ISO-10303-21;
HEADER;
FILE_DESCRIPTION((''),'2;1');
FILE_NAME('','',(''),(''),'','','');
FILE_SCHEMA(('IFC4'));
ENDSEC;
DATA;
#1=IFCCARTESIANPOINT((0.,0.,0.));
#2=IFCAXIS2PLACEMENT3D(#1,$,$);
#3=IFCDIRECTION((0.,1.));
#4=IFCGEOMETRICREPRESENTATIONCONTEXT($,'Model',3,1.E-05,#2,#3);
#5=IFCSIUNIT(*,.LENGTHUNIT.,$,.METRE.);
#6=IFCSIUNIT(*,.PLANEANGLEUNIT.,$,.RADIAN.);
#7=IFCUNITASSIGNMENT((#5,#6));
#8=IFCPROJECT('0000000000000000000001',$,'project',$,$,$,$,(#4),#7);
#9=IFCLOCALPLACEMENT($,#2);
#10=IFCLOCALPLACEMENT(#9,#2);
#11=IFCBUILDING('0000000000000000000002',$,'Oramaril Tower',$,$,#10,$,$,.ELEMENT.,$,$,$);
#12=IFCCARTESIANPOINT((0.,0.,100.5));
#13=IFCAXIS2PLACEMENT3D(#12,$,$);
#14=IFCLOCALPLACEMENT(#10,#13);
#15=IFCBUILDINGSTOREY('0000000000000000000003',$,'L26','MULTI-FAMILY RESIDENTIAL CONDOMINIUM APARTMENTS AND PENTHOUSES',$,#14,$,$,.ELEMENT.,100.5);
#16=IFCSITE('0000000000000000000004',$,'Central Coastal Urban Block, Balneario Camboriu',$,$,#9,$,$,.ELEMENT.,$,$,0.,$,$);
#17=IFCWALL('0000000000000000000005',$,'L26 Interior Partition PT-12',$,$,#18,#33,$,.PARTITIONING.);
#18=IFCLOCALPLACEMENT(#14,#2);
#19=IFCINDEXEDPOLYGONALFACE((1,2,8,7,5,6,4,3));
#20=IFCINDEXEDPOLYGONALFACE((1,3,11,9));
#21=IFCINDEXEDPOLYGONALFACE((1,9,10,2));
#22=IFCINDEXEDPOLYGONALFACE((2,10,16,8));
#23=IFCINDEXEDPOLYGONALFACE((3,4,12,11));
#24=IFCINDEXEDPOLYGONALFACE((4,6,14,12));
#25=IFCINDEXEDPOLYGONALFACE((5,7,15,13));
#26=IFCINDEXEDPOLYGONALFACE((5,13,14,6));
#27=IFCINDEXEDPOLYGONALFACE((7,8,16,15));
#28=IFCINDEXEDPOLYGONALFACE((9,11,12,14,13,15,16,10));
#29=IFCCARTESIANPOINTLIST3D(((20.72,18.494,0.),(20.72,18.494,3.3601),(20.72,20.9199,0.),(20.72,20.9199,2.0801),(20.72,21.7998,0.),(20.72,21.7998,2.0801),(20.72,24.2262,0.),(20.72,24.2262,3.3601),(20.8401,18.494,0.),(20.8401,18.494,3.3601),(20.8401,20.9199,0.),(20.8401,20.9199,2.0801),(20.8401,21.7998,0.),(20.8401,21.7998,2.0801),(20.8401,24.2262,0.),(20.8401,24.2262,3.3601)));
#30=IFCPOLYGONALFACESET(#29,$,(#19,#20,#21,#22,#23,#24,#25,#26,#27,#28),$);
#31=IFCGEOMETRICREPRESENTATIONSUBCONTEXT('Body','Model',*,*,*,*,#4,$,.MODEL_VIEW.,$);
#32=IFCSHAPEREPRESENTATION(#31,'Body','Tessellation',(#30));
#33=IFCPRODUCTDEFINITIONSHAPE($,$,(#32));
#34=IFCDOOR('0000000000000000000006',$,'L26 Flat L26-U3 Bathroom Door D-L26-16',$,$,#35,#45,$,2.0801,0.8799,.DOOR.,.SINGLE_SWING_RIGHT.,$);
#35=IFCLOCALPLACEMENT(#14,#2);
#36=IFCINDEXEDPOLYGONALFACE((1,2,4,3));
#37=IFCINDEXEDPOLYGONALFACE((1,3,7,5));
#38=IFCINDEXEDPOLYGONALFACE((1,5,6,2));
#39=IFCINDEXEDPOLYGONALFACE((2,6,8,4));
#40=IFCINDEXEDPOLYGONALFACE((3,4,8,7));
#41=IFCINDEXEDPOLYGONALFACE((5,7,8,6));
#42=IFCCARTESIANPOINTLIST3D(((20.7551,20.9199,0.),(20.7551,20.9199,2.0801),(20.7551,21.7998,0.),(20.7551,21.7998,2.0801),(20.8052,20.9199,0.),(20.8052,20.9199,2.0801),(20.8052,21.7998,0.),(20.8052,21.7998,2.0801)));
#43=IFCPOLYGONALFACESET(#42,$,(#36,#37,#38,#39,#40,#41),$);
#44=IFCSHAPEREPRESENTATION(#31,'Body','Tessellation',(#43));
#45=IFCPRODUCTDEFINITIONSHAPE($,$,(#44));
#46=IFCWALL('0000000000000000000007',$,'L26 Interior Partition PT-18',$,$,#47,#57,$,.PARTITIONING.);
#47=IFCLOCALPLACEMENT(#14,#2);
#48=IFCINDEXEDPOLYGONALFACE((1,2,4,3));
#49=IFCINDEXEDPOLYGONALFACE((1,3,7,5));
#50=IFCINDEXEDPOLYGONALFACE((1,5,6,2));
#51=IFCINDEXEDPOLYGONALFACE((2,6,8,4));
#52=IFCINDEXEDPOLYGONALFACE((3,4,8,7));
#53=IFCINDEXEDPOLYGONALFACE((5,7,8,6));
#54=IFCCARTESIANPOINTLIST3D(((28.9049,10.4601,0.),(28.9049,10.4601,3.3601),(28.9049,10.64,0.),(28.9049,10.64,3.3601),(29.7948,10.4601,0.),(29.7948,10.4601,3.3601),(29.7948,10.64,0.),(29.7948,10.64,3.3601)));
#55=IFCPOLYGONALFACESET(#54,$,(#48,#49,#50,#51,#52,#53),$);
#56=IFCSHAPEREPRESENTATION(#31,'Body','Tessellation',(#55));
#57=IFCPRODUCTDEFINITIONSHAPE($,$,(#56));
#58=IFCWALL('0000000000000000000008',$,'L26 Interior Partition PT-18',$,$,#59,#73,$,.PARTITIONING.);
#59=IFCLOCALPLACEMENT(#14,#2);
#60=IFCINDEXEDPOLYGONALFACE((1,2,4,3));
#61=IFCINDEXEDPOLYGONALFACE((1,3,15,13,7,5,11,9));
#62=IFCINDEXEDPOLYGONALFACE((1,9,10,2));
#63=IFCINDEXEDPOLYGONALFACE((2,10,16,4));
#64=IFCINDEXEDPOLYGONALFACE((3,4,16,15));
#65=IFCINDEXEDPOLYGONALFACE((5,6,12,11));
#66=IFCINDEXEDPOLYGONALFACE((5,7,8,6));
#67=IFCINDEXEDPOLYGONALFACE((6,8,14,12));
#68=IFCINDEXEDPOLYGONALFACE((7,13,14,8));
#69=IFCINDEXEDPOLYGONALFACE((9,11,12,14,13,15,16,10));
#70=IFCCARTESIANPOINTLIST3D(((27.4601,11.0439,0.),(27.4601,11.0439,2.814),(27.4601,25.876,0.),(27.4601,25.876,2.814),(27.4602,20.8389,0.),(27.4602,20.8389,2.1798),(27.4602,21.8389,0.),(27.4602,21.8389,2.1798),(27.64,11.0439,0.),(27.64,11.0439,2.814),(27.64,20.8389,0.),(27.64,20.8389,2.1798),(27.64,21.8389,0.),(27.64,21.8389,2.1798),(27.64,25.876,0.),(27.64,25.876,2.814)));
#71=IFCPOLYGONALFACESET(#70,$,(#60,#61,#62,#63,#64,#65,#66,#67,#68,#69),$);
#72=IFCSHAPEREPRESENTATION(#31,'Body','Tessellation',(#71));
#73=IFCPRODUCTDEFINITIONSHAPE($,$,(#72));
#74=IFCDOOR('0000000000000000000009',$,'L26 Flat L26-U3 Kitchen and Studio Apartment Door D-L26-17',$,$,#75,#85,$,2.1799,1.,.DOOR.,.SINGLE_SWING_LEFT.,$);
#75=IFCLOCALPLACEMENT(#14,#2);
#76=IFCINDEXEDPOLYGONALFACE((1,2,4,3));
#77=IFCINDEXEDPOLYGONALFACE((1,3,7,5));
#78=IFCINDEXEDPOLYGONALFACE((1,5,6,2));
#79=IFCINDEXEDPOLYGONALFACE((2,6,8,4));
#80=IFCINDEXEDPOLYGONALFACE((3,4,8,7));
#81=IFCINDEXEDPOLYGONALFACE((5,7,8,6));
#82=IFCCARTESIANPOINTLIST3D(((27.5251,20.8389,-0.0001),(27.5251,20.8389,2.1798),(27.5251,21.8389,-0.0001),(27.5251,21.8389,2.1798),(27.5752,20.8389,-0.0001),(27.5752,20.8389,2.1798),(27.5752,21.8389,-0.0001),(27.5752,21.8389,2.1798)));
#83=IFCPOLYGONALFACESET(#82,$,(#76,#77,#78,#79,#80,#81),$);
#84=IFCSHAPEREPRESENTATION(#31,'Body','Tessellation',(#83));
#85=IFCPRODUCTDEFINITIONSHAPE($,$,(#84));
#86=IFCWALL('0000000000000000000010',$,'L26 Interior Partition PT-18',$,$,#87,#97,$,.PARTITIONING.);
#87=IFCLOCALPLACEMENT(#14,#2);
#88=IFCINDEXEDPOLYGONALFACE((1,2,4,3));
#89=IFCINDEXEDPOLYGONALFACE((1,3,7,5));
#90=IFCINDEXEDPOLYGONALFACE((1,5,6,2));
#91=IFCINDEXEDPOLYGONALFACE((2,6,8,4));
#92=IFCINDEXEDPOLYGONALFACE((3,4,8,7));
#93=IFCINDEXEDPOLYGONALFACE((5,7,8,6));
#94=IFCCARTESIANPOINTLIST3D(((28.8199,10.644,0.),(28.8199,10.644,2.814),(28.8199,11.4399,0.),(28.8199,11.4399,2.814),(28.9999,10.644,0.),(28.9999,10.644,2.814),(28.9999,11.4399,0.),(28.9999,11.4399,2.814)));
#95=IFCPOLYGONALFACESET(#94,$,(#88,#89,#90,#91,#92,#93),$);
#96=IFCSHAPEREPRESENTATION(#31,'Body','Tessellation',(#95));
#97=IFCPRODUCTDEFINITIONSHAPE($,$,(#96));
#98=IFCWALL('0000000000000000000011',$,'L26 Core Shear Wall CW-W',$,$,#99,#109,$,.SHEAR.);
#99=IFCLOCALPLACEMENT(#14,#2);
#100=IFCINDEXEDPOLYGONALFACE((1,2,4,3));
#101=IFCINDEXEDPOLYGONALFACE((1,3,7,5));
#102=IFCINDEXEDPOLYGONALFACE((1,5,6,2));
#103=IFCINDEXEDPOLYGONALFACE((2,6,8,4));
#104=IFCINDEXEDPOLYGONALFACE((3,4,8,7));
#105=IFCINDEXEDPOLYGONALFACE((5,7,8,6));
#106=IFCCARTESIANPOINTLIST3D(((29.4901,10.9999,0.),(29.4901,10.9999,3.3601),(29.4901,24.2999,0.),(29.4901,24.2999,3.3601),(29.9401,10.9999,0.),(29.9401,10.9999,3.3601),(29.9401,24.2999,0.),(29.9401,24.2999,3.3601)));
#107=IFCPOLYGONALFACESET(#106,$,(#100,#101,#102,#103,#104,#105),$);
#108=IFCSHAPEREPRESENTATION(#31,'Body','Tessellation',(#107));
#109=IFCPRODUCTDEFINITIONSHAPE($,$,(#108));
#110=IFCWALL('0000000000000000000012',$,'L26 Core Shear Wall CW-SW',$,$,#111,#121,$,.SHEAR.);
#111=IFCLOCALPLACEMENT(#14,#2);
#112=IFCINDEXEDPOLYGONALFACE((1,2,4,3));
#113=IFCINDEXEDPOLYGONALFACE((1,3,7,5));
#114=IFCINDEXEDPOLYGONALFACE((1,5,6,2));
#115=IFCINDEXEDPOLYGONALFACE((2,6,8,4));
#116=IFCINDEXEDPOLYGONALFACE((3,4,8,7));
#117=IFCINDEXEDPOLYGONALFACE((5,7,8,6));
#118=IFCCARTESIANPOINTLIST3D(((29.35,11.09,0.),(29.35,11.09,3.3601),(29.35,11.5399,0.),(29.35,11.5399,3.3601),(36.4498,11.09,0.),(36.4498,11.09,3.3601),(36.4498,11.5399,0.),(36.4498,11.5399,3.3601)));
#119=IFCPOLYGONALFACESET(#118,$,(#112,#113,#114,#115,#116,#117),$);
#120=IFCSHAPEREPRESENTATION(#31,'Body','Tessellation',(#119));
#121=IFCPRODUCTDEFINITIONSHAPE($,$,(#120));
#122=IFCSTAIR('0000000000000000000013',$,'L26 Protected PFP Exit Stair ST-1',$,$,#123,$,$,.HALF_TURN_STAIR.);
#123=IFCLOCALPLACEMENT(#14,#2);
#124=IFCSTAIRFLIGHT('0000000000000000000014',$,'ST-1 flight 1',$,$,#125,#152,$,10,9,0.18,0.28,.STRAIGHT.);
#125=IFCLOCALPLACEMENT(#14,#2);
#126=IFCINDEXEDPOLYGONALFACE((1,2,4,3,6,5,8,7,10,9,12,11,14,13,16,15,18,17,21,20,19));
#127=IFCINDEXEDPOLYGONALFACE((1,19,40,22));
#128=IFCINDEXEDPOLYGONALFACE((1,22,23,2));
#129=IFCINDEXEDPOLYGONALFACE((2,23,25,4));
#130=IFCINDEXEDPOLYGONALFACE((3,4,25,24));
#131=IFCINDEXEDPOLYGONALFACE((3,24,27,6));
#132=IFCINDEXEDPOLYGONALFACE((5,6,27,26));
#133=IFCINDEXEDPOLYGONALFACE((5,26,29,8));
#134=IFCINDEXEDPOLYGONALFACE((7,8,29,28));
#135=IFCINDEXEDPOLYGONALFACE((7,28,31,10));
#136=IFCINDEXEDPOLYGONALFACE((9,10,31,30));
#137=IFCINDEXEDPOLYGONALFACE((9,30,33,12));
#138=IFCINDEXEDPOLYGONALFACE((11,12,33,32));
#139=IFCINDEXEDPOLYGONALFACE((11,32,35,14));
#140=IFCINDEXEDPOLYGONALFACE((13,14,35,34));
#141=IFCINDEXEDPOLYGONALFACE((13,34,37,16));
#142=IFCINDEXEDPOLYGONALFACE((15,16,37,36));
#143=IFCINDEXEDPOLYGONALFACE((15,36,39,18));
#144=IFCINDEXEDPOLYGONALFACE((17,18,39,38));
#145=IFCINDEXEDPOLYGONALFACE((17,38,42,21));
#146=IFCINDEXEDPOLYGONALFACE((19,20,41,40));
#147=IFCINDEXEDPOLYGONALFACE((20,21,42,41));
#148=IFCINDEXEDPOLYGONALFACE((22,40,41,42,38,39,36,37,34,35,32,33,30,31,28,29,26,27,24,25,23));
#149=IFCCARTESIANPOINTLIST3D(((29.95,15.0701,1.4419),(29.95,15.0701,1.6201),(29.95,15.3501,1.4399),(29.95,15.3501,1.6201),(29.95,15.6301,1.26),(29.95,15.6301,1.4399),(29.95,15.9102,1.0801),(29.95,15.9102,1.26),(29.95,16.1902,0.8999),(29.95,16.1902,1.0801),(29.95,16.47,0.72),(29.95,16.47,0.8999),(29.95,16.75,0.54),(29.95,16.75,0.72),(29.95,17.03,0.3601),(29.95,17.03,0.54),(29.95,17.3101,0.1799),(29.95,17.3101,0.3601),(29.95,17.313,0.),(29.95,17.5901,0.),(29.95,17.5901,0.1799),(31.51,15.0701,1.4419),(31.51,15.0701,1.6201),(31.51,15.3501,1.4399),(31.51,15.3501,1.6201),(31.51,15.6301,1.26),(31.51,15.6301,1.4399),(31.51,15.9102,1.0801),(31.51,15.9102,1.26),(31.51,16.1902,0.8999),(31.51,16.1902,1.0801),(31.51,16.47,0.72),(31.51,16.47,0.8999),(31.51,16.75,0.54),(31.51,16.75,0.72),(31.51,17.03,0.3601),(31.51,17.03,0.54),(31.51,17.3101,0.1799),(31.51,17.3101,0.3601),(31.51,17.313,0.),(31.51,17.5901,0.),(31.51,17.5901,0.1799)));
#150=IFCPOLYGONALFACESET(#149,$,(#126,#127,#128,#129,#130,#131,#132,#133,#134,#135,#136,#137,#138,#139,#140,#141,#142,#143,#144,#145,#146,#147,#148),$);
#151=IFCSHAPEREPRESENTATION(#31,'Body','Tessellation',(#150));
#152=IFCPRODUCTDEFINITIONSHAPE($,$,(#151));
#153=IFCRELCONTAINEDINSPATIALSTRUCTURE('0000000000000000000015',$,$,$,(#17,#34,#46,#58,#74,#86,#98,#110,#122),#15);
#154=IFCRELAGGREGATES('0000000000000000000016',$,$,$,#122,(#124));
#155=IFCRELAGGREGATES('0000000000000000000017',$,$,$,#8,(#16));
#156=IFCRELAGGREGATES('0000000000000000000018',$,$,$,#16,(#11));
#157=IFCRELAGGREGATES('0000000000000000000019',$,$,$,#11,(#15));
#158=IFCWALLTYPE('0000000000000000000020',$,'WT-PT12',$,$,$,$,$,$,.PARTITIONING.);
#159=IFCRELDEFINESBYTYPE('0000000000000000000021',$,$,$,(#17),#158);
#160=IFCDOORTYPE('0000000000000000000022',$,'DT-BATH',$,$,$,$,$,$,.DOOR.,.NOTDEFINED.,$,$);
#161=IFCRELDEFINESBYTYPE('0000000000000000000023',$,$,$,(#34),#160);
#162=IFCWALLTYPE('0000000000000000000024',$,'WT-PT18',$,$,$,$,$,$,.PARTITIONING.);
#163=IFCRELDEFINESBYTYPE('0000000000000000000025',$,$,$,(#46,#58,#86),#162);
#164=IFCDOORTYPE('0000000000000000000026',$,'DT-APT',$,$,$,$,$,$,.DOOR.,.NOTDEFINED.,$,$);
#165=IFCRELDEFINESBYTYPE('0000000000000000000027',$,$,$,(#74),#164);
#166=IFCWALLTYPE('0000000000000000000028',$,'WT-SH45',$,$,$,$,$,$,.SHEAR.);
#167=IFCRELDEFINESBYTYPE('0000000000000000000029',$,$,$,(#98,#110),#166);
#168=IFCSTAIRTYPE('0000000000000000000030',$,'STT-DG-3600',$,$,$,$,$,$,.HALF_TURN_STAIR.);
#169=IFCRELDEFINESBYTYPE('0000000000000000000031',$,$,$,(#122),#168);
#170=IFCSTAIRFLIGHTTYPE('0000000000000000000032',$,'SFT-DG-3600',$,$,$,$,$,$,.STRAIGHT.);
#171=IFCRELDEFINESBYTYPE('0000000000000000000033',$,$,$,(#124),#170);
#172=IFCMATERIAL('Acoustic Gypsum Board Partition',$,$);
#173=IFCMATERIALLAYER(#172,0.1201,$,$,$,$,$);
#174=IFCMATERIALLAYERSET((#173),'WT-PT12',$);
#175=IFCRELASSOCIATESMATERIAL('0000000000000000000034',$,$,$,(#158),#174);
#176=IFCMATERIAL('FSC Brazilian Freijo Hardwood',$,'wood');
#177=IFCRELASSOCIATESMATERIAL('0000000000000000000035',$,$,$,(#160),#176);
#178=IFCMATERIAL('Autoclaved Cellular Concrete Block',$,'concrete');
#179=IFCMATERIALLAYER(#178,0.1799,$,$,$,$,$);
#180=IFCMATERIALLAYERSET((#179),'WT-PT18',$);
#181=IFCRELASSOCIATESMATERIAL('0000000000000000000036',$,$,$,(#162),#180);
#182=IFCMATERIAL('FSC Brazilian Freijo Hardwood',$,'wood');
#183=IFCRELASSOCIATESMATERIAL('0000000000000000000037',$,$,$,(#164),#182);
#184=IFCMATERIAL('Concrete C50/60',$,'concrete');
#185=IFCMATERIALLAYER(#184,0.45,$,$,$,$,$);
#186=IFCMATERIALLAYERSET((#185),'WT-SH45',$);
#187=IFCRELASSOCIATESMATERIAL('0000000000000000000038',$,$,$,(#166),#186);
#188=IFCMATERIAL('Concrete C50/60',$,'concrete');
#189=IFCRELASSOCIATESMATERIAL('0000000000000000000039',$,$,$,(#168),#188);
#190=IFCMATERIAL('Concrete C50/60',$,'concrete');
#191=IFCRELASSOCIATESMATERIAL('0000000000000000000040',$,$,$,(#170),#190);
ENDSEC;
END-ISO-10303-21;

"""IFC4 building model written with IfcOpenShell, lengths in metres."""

from ifc_helpers import new_model, si_unit, direction, frame, frame_2d, origin, place, context, subcontext, project, spatial, polyline, rectangle, outline, extrude, material, layer, layer_set, type_object, element, fill, aggregate, save


model = new_model("IFC4")

# Units and contexts
model_context = context("Model", 3, precision=1e-05, world=origin(), true_north=direction((0.0, 1.0)))
body_context = subcontext(model_context, "Body", "Model", "MODEL_VIEW")
ifc_project = project(units=[si_unit("LENGTHUNIT", "METRE"), si_unit("PLANEANGLEUNIT", "RADIAN")], contexts=[model_context])

# Site, building, storey
site_placement = place(None, origin())
site = spatial("IfcSite", under=ifc_project, at=site_placement, Name="Central Coastal Urban Block, Balneario Camboriu", CompositionType="ELEMENT", RefElevation=0.0)
building_placement = place(site_placement, origin())
building = spatial("IfcBuilding", under=site, at=building_placement, Name="Oramaril Tower", CompositionType="ELEMENT")
storey_placement = place(building_placement, frame((0.0, 0.0, 100.5)))
storey = spatial("IfcBuildingStorey", under=building, at=storey_placement, Name="L26", Description="MULTI-FAMILY RESIDENTIAL CONDOMINIUM APARTMENTS AND PENTHOUSES", CompositionType="ELEMENT", Elevation=100.5)

# Wall, opening, door
ifc_material_1 = material(Name="Acoustic Gypsum Board Partition")
ifc_layer_1 = layer(ifc_material_1, 0.1201)
ifc_layer_set_1 = layer_set([ifc_layer_1], Name="WT-PT12")
wall_type_1 = type_object("IfcWallType", Name="WT-PT12", PredefinedType="PARTITIONING", material=ifc_layer_set_1)
wall_1_placement = place(storey_placement, frame((20.78, 18.4939, 0.0), z_axis=(0.0, 0.0, 1.0), x_axis=(0.0, 1.0, 0.0)))
wall_1 = element("IfcWall", 1, at=wall_1_placement, inside=storey, type_object=wall_type_1, Name="L26 Interior Partition PT-12", PredefinedType="PARTITIONING", context=body_context, shape_type="SweptSolid", body=[
    extrude(rectangle(XDim=5.7322, YDim=0.1201, at=frame_2d((2.8662, 0.0))), origin(), (0.0, 0.0, 1.0), 3.3601),
])
opening_1_placement = place(wall_1_placement, frame((2.426, 0.0, 0.0)))
opening_1 = element("IfcOpeningElement", 2, at=opening_1_placement, cuts=wall_1, PredefinedType="OPENING", context=body_context, shape_type="SweptSolid", body=[
    extrude(rectangle(XDim=0.8799, YDim=2.0801, at=frame_2d((0.4399, 1.04))), frame((0.0, 0.0601, 0.0), z_axis=(0.0, -1.0, 0.0), x_axis=(1.0, 0.0, 0.0)), (0.0, 0.0, 1.0), 0.1201),
])
ifc_material_2 = material(Name="FSC Brazilian Freijo Hardwood", Category="wood")
door_type_1 = type_object("IfcDoorType", Name="DT-BATH", OperationType="NOTDEFINED", PredefinedType="DOOR", material=ifc_material_2)
door_1_placement = place(opening_1_placement, origin())
door_1 = element("IfcDoor", 3, at=door_1_placement, inside=storey, type_object=door_type_1, Name="L26 Flat L26-U3 Bathroom Door D-L26-16", OperationType="SINGLE_SWING_RIGHT", OverallHeight=2.0801, OverallWidth=0.8799, PredefinedType="DOOR", context=body_context, shape_type="SweptSolid", body=[
    extrude(rectangle(XDim=0.8799, YDim=2.0801, at=frame_2d((0.4399, 1.04))), frame((0.0, 0.0249, 0.0), z_axis=(0.0, -1.0, 0.0), x_axis=(1.0, 0.0, 0.0)), (0.0, 0.0, 1.0), 0.05),
])
fill(opening_1, door_1)

# Wall
ifc_material_3 = material(Name="Autoclaved Cellular Concrete Block", Category="concrete")
ifc_layer_2 = layer(ifc_material_3, 0.1799)
ifc_layer_set_2 = layer_set([ifc_layer_2], Name="WT-PT18")
wall_type_2 = type_object("IfcWallType", Name="WT-PT18", PredefinedType="PARTITIONING", material=ifc_layer_set_2)
wall_2_placement = place(storey_placement, frame((28.905, 10.55, 0.0), z_axis=(0.0, 0.0, 1.0), x_axis=(1.0, 0.0, 0.0)))
element("IfcWall", 4, at=wall_2_placement, inside=storey, type_object=wall_type_2, Name="L26 Interior Partition PT-18", PredefinedType="PARTITIONING", context=body_context, shape_type="SweptSolid", body=[
    extrude(rectangle(XDim=0.8899, YDim=0.1799, at=frame_2d((0.4448, 0.0))), origin(), (0.0, 0.0, 1.0), 3.3601),
])

# Wall, opening, door
wall_3_placement = place(storey_placement, frame((27.55, 11.0439, 0.0), z_axis=(0.0, 0.0, 1.0), x_axis=(0.0, 1.0, 0.0)))
wall_3 = element("IfcWall", 5, at=wall_3_placement, inside=storey, type_object=wall_type_2, Name="L26 Interior Partition PT-18", PredefinedType="PARTITIONING", context=body_context, shape_type="SweptSolid", body=[
    extrude(rectangle(XDim=14.832, YDim=0.1799, at=frame_2d((7.416, 0.0))), origin(), (0.0, 0.0, 1.0), 2.814),
])
opening_2_placement = place(wall_3_placement, frame((9.7949, 0.0, 0.0)))
opening_2 = element("IfcOpeningElement", 6, at=opening_2_placement, cuts=wall_3, PredefinedType="OPENING", context=body_context, shape_type="SweptSolid", body=[
    extrude(rectangle(XDim=1.0, YDim=2.1799, at=frame_2d((0.5, 1.0898))), frame((0.0, 0.0898, 0.0), z_axis=(0.0, -1.0, 0.0), x_axis=(1.0, 0.0, 0.0)), (0.0, 0.0, 1.0), 0.1799),
])
ifc_material_4 = material(Name="FSC Brazilian Freijo Hardwood", Category="wood")
door_type_2 = type_object("IfcDoorType", Name="DT-APT", OperationType="NOTDEFINED", PredefinedType="DOOR", material=ifc_material_4)
door_2_placement = place(opening_2_placement, origin())
door_2 = element("IfcDoor", 7, at=door_2_placement, inside=storey, type_object=door_type_2, Name="L26 Flat L26-U3 Kitchen and Studio Apartment Door D-L26-17", OperationType="SINGLE_SWING_LEFT", OverallHeight=2.1799, OverallWidth=1.0, PredefinedType="DOOR", context=body_context, shape_type="SweptSolid", body=[
    extrude(rectangle(XDim=1.0, YDim=2.1799, at=frame_2d((0.5, 1.0898))), frame((0.0, 0.0249, 0.0), z_axis=(0.0, -1.0, 0.0), x_axis=(1.0, 0.0, 0.0)), (0.0, 0.0, 1.0), 0.05),
])
fill(opening_2, door_2)

# Wall
wall_4_placement = place(storey_placement, frame((28.9099, 10.644, 0.0), z_axis=(0.0, 0.0, 1.0), x_axis=(0.0, 1.0, 0.0)))
element("IfcWall", 8, at=wall_4_placement, inside=storey, type_object=wall_type_2, Name="L26 Interior Partition PT-18", PredefinedType="PARTITIONING", context=body_context, shape_type="SweptSolid", body=[
    extrude(rectangle(XDim=0.7959, YDim=0.1799, at=frame_2d((0.3979, 0.0))), origin(), (0.0, 0.0, 1.0), 2.814),
])

# Walls
ifc_material_5 = material(Name="Concrete C50/60", Category="concrete")
ifc_layer_3 = layer(ifc_material_5, 0.45)
ifc_layer_set_3 = layer_set([ifc_layer_3], Name="WT-SH45")
wall_type_3 = type_object("IfcWallType", Name="WT-SH45", PredefinedType="SHEAR", material=ifc_layer_set_3)
wall_5_placement = place(storey_placement, frame((29.7151, 11.0, 0.0), z_axis=(0.0, 0.0, 1.0), x_axis=(0.0, 1.0, 0.0)))
element("IfcWall", 9, at=wall_5_placement, inside=storey, type_object=wall_type_3, Name="L26 Core Shear Wall CW-W", PredefinedType="SHEAR", context=body_context, shape_type="SweptSolid", body=[
    extrude(rectangle(XDim=13.3, YDim=0.45, at=frame_2d((6.6499, 0.0))), origin(), (0.0, 0.0, 1.0), 3.3601),
])
wall_6_placement = place(storey_placement, frame((29.3501, 11.3149, 0.0), z_axis=(0.0, 0.0, 1.0), x_axis=(1.0, 0.0, 0.0)))
element("IfcWall", 10, at=wall_6_placement, inside=storey, type_object=wall_type_3, Name="L26 Core Shear Wall CW-SW", PredefinedType="SHEAR", context=body_context, shape_type="SweptSolid", body=[
    extrude(rectangle(XDim=7.0999, YDim=0.45, at=frame_2d((3.5498, 0.0))), origin(), (0.0, 0.0, 1.0), 3.3601),
])

# Stair, stair flight
ifc_material_6 = material(Name="Concrete C50/60", Category="concrete")
stair_type = type_object("IfcStairType", Name="STT-DG-3600", PredefinedType="HALF_TURN_STAIR", material=ifc_material_6)
stair_placement = place(storey_placement, origin())
stair = element("IfcStair", 11, at=stair_placement, inside=storey, type_object=stair_type, Name="L26 Protected PFP Exit Stair ST-1", PredefinedType="HALF_TURN_STAIR")
ifc_material_7 = material(Name="Concrete C50/60", Category="concrete")
stair_flight_type = type_object("IfcStairFlightType", Name="SFT-DG-3600", PredefinedType="STRAIGHT", material=ifc_material_7)
stair_flight_placement = place(storey_placement, frame((30.73, 17.5901, 0.0), z_axis=(0.0, 0.0, 1.0), x_axis=(0.0, -1.0, 0.0)))
stair_flight = element("IfcStairFlight", 12, at=stair_flight_placement, type_object=stair_flight_type, Name="ST-1 flight 1", NumberOfRisers=10, NumberOfTreads=9, PredefinedType="STRAIGHT", RiserHeight=0.18, TreadLength=0.28, context=body_context, shape_type="SweptSolid", body=[
    extrude(outline(polyline([(0.0, 0.0), (0.0, 0.1799), (0.28, 0.1799), (0.28, 0.3601), (0.5601, 0.3601), (0.5601, 0.54), (0.8401, 0.54), (0.8401, 0.72), (1.1201, 0.72), (1.1201, 0.8999), (1.3999, 0.8999), (1.3999, 1.0801), (1.6799, 1.0801), (1.6799, 1.26), (1.96, 1.26), (1.96, 1.4399), (2.24, 1.4399), (2.24, 1.6201), (2.52, 1.6201), (2.52, 1.8), (2.52, 1.4419), (0.2771, 0.0), (0.0, 0.0)])), frame((0.0, 0.78, 0.0), z_axis=(0.0, -1.0, 0.0), x_axis=(1.0, 0.0, 0.0)), (0.0, 0.0, 1.0), 1.5601),
])
aggregate(stair, [stair_flight])

save(model, "model.ifc")
